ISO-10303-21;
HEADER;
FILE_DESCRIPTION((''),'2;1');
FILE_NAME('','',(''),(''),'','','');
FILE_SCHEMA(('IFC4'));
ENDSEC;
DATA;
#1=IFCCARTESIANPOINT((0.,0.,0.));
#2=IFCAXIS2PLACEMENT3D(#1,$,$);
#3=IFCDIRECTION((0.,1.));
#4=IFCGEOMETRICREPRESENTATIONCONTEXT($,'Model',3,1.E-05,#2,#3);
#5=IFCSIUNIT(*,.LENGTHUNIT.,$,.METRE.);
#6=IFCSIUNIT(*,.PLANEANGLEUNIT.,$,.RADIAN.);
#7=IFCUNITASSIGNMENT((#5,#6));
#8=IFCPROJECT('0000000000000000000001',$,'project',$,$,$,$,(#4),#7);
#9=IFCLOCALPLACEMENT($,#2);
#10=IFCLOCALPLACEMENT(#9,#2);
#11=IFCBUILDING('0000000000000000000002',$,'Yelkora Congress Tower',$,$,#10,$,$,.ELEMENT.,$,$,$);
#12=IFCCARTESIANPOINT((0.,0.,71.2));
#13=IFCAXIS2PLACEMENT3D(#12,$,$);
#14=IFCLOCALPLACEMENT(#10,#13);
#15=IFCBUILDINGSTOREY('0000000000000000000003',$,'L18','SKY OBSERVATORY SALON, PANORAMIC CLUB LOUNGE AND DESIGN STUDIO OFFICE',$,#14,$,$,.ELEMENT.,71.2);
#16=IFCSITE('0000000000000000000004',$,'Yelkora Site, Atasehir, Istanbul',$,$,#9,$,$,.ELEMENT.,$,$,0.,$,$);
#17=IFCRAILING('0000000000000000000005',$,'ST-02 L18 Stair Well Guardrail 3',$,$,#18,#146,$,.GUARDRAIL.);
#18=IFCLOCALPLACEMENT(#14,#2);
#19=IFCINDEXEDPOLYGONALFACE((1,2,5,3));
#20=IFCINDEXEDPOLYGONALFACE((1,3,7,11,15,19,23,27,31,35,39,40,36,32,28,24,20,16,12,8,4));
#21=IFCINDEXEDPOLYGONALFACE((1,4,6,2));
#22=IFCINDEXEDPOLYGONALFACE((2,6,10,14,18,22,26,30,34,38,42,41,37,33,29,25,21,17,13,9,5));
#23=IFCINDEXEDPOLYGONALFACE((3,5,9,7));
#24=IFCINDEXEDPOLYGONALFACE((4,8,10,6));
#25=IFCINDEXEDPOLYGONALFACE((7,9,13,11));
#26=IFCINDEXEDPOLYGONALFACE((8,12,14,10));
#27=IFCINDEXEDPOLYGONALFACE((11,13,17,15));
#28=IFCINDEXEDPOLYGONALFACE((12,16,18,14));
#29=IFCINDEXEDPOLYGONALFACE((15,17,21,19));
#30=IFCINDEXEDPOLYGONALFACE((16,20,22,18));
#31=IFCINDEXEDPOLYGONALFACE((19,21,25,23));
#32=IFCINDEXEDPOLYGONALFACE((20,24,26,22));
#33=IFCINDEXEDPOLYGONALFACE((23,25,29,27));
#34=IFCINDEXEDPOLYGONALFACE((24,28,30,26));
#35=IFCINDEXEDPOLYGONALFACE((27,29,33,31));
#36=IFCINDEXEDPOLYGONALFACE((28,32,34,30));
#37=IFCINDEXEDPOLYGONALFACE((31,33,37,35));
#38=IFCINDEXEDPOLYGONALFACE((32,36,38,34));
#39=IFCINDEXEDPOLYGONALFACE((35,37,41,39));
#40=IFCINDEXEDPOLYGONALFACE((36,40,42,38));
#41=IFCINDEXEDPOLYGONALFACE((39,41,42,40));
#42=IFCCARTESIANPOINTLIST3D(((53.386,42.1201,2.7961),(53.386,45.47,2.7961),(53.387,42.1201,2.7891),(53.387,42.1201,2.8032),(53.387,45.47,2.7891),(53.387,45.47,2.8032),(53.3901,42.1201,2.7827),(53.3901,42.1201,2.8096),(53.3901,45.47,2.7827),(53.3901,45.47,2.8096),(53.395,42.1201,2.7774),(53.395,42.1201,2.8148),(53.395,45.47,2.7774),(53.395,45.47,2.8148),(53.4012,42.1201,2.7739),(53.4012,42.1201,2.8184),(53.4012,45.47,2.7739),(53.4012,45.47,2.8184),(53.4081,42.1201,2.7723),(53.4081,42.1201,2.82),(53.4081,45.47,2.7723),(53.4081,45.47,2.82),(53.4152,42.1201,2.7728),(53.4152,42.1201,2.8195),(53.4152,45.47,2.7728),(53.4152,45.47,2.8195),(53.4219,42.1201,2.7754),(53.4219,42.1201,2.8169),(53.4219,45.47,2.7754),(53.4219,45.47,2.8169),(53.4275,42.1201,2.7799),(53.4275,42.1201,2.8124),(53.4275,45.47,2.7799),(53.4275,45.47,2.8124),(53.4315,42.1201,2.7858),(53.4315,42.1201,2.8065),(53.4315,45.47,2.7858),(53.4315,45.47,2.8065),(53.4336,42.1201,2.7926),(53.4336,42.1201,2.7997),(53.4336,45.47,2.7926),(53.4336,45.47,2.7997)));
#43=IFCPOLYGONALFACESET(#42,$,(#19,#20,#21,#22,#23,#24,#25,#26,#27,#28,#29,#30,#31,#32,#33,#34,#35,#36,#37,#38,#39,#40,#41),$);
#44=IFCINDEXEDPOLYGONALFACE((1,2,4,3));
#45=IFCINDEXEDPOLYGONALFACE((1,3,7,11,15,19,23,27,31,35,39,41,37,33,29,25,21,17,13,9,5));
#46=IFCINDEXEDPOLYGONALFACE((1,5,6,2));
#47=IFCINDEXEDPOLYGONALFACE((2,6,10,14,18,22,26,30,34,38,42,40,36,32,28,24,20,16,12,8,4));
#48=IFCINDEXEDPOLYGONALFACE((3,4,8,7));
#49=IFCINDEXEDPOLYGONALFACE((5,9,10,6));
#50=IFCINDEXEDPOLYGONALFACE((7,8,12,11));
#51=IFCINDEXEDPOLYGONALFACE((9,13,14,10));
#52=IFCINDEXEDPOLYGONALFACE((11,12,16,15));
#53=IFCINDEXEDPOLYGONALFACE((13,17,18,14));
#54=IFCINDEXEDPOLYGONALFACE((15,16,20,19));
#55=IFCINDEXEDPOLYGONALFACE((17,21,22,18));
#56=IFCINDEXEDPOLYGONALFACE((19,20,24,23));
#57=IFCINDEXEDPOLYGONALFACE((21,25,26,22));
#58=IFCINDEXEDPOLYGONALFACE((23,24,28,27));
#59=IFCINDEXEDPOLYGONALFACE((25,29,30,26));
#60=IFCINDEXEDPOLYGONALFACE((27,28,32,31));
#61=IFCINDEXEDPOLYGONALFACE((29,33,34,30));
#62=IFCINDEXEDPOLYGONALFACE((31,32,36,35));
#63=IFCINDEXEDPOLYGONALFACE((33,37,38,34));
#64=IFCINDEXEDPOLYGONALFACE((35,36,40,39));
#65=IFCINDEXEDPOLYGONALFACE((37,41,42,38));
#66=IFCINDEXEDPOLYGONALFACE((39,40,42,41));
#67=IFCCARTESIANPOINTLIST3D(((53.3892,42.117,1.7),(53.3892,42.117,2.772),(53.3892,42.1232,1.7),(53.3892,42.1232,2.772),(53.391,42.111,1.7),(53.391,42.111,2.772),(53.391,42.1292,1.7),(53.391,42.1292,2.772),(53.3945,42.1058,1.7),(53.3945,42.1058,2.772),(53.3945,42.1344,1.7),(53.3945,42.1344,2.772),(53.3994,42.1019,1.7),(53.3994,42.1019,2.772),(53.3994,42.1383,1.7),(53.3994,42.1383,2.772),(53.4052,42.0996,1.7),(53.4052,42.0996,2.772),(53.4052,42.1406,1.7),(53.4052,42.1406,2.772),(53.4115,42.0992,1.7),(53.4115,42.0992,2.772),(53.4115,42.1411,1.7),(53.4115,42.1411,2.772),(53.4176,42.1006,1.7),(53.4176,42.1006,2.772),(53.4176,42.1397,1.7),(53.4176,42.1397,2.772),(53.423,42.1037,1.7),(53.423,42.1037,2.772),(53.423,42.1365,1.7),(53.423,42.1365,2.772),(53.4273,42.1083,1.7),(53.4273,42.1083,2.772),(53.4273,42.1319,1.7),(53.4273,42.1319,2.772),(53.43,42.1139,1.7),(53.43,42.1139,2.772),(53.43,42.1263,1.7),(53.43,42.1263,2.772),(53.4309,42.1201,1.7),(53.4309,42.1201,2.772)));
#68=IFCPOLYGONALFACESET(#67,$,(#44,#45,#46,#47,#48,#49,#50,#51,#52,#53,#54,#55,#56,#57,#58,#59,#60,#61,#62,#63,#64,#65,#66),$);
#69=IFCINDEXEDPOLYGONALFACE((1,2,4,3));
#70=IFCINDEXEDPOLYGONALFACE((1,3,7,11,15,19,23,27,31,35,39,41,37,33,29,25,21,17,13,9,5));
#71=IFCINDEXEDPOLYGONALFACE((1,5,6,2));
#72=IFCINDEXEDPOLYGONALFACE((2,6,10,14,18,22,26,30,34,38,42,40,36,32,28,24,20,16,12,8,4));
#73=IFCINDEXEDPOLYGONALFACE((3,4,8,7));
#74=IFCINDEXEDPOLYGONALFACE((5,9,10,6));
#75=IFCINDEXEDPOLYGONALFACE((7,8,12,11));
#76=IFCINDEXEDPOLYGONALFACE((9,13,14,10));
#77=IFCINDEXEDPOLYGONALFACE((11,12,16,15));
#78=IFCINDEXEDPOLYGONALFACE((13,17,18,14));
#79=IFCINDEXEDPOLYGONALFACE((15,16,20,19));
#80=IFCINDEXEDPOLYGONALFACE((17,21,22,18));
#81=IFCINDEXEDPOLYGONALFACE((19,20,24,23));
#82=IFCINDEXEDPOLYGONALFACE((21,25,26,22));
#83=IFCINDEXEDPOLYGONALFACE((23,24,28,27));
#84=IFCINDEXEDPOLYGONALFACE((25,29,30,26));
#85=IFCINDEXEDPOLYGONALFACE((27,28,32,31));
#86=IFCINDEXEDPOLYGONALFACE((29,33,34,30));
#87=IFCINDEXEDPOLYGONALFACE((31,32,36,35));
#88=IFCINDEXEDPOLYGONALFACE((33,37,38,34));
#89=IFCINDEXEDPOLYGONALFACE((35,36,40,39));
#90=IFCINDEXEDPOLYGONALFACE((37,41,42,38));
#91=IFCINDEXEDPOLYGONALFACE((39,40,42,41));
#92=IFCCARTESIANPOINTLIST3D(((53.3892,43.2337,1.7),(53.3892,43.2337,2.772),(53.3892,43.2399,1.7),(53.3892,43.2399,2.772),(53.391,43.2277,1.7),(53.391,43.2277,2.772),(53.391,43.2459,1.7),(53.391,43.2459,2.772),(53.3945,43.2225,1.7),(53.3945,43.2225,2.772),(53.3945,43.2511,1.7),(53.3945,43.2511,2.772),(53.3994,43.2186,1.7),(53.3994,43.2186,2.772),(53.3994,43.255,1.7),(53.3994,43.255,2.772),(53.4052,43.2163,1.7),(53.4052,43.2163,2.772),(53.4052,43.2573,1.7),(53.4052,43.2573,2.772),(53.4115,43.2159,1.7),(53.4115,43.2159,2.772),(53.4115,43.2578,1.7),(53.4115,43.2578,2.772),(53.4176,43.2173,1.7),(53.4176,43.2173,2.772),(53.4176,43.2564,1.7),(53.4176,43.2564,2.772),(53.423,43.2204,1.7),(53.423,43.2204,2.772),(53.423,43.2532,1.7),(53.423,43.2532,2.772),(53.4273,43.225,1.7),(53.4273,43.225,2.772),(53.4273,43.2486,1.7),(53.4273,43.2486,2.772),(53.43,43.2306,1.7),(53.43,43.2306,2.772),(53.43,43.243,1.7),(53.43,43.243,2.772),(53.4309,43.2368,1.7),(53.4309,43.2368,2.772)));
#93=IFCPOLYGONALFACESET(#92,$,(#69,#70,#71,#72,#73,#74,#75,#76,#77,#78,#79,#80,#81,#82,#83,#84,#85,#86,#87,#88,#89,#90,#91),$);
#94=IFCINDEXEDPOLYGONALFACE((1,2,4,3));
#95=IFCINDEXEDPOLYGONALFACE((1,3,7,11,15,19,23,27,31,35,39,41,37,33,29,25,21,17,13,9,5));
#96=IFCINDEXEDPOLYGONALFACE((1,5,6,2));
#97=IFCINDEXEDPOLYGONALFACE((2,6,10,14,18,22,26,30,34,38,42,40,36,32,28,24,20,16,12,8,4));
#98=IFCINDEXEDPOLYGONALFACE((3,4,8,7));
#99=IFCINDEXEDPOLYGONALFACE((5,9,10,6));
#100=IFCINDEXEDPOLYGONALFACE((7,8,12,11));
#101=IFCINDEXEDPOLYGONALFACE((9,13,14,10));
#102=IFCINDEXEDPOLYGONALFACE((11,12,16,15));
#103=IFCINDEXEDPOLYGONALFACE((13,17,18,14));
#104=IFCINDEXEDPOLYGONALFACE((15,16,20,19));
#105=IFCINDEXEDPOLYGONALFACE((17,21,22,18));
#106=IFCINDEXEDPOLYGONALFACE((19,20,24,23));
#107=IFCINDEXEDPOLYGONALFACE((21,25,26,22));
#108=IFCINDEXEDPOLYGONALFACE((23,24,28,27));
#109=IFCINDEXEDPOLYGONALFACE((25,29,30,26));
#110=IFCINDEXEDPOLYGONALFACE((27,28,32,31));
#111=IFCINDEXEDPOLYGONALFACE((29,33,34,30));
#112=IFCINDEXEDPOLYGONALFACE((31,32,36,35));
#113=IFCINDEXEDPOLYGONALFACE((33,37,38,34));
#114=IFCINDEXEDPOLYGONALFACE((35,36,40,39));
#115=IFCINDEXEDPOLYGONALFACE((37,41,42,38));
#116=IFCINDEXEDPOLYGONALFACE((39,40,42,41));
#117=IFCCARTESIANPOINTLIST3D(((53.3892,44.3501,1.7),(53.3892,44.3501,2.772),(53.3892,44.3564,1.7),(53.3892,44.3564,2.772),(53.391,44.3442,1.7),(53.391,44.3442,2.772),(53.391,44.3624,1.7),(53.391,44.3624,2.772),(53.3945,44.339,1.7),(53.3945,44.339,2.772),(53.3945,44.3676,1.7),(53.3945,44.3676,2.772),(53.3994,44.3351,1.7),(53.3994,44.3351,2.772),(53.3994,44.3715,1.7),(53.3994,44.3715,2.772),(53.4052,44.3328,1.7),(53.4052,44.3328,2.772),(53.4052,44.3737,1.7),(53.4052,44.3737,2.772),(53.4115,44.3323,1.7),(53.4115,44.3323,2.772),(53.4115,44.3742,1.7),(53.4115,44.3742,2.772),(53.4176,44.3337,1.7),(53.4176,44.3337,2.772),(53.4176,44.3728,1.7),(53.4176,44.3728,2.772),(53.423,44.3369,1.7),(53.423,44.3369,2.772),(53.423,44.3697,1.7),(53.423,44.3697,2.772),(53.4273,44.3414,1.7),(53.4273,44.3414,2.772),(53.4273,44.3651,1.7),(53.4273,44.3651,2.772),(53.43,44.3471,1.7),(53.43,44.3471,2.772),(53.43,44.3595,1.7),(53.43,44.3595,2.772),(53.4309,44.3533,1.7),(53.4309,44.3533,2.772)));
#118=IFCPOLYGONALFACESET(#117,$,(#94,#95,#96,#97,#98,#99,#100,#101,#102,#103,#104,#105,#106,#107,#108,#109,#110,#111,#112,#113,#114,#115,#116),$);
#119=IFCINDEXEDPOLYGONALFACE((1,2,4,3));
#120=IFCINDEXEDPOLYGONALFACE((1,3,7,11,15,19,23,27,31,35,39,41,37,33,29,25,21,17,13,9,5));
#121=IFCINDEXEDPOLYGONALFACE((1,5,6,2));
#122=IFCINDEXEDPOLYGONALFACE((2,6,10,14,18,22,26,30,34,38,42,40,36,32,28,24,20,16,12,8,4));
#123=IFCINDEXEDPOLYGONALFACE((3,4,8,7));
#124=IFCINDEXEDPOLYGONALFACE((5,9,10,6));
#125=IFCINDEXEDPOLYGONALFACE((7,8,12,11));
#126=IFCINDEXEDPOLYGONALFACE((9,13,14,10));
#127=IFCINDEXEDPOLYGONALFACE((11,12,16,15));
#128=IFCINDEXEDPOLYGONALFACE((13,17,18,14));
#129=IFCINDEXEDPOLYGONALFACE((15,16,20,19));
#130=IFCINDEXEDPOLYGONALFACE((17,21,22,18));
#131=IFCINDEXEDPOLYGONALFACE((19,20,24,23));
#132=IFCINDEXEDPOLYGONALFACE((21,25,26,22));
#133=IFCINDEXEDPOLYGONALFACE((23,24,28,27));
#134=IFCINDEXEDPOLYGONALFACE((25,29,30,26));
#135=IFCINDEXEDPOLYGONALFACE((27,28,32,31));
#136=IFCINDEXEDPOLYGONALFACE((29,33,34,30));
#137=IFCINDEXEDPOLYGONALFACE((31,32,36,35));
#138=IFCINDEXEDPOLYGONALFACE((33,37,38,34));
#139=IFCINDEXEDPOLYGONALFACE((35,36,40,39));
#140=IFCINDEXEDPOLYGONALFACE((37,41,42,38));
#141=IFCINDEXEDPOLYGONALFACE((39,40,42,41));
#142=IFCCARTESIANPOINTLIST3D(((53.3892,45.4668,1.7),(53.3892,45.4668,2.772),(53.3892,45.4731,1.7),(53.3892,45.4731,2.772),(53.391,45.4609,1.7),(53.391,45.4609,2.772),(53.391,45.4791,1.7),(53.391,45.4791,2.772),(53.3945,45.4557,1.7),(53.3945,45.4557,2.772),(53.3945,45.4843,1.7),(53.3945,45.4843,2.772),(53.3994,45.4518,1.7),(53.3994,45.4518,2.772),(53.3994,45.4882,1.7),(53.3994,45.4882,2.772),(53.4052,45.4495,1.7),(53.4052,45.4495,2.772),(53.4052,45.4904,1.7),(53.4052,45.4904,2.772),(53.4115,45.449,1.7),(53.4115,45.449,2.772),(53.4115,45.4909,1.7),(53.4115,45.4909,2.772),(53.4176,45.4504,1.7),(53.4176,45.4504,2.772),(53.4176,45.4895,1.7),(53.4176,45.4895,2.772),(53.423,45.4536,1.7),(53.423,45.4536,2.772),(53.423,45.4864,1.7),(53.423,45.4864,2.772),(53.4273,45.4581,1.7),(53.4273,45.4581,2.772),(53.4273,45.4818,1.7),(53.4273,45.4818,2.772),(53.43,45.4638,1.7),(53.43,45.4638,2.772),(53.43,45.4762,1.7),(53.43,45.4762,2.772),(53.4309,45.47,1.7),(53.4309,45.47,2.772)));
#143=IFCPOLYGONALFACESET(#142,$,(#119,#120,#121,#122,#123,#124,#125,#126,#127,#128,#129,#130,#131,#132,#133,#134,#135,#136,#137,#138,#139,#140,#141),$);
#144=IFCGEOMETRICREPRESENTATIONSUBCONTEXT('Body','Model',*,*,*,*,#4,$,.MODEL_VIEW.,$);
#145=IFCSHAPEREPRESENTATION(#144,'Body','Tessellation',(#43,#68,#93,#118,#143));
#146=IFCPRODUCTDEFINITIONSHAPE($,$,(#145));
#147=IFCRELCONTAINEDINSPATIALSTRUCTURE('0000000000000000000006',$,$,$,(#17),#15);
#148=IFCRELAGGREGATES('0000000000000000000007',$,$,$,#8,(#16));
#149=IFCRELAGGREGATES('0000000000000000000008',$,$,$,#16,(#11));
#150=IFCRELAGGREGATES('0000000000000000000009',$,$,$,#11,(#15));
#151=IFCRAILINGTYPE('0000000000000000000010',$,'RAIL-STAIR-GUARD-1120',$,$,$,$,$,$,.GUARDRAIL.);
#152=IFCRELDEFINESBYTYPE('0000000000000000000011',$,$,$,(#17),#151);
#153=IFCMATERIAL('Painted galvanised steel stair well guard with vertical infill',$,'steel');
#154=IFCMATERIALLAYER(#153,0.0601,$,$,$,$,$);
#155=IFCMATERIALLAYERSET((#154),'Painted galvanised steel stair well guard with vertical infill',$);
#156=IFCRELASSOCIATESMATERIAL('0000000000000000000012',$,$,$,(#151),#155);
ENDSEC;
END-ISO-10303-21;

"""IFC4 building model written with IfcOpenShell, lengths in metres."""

from ifc_helpers import new_model, si_unit, direction, frame, origin, origin_2d, place, context, subcontext, project, spatial, circle, extrude, material, layer, layer_set, type_object, element, save


model = new_model("IFC4")

# Units and contexts
model_context = context("Model", 3, precision=1e-05, world=origin(), true_north=direction((0.0, 1.0)))
body_context = subcontext(model_context, "Body", "Model", "MODEL_VIEW")
ifc_project = project(units=[si_unit("LENGTHUNIT", "METRE"), si_unit("PLANEANGLEUNIT", "RADIAN")], contexts=[model_context])

# Site, building, storey
site_placement = place(None, origin())
site = spatial("IfcSite", under=ifc_project, at=site_placement, Name="Yelkora Site, Atasehir, Istanbul", CompositionType="ELEMENT", RefElevation=0.0)
building_placement = place(site_placement, origin())
building = spatial("IfcBuilding", under=site, at=building_placement, Name="Yelkora Congress Tower", CompositionType="ELEMENT")
storey_placement = place(building_placement, frame((0.0, 0.0, 71.2)))
storey = spatial("IfcBuildingStorey", under=building, at=storey_placement, Name="L18", Description="SKY OBSERVATORY SALON, PANORAMIC CLUB LOUNGE AND DESIGN STUDIO OFFICE", CompositionType="ELEMENT", Elevation=71.2)

# Railing
ifc_material_1 = material(Name="Painted galvanised steel stair well guard with vertical infill", Category="steel")
ifc_layer_1 = layer(ifc_material_1, 0.0601)
ifc_layer_set_1 = layer_set([ifc_layer_1], Name="Painted galvanised steel stair well guard with vertical infill")
railing_type_1 = type_object("IfcRailingType", Name="RAIL-STAIR-GUARD-1120", PredefinedType="GUARDRAIL", material=ifc_layer_set_1)
railing_1_placement = place(storey_placement, frame((53.4099, 42.1201, 1.7)))
element("IfcRailing", 1, at=railing_1_placement, inside=storey, type_object=railing_type_1, Name="ST-02 L18 Stair Well Guardrail 3", PredefinedType="GUARDRAIL", context=body_context, shape_type="SweptSolid", body=[
    extrude(circle(Radius=0.0239, at=origin_2d()), frame((0.0, 0.0, 1.0962), z_axis=(0.0, 1.0, 0.0), x_axis=(-1.0, 0.0, 0.0)), (0.0, 0.0, 1.0), 3.3499),
    extrude(circle(Radius=0.021, at=origin_2d()), origin(), (0.0, 0.0, 1.0), 1.072),
    extrude(circle(Radius=0.021, at=origin_2d()), frame((0.0, 1.1167, 0.0)), (0.0, 0.0, 1.0), 1.072),
    extrude(circle(Radius=0.021, at=origin_2d()), frame((0.0, 2.2332, 0.0)), (0.0, 0.0, 1.0), 1.072),
    extrude(circle(Radius=0.021, at=origin_2d()), frame((0.0, 3.3499, 0.0)), (0.0, 0.0, 1.0), 1.072),
])

save(model, "model.ifc")
